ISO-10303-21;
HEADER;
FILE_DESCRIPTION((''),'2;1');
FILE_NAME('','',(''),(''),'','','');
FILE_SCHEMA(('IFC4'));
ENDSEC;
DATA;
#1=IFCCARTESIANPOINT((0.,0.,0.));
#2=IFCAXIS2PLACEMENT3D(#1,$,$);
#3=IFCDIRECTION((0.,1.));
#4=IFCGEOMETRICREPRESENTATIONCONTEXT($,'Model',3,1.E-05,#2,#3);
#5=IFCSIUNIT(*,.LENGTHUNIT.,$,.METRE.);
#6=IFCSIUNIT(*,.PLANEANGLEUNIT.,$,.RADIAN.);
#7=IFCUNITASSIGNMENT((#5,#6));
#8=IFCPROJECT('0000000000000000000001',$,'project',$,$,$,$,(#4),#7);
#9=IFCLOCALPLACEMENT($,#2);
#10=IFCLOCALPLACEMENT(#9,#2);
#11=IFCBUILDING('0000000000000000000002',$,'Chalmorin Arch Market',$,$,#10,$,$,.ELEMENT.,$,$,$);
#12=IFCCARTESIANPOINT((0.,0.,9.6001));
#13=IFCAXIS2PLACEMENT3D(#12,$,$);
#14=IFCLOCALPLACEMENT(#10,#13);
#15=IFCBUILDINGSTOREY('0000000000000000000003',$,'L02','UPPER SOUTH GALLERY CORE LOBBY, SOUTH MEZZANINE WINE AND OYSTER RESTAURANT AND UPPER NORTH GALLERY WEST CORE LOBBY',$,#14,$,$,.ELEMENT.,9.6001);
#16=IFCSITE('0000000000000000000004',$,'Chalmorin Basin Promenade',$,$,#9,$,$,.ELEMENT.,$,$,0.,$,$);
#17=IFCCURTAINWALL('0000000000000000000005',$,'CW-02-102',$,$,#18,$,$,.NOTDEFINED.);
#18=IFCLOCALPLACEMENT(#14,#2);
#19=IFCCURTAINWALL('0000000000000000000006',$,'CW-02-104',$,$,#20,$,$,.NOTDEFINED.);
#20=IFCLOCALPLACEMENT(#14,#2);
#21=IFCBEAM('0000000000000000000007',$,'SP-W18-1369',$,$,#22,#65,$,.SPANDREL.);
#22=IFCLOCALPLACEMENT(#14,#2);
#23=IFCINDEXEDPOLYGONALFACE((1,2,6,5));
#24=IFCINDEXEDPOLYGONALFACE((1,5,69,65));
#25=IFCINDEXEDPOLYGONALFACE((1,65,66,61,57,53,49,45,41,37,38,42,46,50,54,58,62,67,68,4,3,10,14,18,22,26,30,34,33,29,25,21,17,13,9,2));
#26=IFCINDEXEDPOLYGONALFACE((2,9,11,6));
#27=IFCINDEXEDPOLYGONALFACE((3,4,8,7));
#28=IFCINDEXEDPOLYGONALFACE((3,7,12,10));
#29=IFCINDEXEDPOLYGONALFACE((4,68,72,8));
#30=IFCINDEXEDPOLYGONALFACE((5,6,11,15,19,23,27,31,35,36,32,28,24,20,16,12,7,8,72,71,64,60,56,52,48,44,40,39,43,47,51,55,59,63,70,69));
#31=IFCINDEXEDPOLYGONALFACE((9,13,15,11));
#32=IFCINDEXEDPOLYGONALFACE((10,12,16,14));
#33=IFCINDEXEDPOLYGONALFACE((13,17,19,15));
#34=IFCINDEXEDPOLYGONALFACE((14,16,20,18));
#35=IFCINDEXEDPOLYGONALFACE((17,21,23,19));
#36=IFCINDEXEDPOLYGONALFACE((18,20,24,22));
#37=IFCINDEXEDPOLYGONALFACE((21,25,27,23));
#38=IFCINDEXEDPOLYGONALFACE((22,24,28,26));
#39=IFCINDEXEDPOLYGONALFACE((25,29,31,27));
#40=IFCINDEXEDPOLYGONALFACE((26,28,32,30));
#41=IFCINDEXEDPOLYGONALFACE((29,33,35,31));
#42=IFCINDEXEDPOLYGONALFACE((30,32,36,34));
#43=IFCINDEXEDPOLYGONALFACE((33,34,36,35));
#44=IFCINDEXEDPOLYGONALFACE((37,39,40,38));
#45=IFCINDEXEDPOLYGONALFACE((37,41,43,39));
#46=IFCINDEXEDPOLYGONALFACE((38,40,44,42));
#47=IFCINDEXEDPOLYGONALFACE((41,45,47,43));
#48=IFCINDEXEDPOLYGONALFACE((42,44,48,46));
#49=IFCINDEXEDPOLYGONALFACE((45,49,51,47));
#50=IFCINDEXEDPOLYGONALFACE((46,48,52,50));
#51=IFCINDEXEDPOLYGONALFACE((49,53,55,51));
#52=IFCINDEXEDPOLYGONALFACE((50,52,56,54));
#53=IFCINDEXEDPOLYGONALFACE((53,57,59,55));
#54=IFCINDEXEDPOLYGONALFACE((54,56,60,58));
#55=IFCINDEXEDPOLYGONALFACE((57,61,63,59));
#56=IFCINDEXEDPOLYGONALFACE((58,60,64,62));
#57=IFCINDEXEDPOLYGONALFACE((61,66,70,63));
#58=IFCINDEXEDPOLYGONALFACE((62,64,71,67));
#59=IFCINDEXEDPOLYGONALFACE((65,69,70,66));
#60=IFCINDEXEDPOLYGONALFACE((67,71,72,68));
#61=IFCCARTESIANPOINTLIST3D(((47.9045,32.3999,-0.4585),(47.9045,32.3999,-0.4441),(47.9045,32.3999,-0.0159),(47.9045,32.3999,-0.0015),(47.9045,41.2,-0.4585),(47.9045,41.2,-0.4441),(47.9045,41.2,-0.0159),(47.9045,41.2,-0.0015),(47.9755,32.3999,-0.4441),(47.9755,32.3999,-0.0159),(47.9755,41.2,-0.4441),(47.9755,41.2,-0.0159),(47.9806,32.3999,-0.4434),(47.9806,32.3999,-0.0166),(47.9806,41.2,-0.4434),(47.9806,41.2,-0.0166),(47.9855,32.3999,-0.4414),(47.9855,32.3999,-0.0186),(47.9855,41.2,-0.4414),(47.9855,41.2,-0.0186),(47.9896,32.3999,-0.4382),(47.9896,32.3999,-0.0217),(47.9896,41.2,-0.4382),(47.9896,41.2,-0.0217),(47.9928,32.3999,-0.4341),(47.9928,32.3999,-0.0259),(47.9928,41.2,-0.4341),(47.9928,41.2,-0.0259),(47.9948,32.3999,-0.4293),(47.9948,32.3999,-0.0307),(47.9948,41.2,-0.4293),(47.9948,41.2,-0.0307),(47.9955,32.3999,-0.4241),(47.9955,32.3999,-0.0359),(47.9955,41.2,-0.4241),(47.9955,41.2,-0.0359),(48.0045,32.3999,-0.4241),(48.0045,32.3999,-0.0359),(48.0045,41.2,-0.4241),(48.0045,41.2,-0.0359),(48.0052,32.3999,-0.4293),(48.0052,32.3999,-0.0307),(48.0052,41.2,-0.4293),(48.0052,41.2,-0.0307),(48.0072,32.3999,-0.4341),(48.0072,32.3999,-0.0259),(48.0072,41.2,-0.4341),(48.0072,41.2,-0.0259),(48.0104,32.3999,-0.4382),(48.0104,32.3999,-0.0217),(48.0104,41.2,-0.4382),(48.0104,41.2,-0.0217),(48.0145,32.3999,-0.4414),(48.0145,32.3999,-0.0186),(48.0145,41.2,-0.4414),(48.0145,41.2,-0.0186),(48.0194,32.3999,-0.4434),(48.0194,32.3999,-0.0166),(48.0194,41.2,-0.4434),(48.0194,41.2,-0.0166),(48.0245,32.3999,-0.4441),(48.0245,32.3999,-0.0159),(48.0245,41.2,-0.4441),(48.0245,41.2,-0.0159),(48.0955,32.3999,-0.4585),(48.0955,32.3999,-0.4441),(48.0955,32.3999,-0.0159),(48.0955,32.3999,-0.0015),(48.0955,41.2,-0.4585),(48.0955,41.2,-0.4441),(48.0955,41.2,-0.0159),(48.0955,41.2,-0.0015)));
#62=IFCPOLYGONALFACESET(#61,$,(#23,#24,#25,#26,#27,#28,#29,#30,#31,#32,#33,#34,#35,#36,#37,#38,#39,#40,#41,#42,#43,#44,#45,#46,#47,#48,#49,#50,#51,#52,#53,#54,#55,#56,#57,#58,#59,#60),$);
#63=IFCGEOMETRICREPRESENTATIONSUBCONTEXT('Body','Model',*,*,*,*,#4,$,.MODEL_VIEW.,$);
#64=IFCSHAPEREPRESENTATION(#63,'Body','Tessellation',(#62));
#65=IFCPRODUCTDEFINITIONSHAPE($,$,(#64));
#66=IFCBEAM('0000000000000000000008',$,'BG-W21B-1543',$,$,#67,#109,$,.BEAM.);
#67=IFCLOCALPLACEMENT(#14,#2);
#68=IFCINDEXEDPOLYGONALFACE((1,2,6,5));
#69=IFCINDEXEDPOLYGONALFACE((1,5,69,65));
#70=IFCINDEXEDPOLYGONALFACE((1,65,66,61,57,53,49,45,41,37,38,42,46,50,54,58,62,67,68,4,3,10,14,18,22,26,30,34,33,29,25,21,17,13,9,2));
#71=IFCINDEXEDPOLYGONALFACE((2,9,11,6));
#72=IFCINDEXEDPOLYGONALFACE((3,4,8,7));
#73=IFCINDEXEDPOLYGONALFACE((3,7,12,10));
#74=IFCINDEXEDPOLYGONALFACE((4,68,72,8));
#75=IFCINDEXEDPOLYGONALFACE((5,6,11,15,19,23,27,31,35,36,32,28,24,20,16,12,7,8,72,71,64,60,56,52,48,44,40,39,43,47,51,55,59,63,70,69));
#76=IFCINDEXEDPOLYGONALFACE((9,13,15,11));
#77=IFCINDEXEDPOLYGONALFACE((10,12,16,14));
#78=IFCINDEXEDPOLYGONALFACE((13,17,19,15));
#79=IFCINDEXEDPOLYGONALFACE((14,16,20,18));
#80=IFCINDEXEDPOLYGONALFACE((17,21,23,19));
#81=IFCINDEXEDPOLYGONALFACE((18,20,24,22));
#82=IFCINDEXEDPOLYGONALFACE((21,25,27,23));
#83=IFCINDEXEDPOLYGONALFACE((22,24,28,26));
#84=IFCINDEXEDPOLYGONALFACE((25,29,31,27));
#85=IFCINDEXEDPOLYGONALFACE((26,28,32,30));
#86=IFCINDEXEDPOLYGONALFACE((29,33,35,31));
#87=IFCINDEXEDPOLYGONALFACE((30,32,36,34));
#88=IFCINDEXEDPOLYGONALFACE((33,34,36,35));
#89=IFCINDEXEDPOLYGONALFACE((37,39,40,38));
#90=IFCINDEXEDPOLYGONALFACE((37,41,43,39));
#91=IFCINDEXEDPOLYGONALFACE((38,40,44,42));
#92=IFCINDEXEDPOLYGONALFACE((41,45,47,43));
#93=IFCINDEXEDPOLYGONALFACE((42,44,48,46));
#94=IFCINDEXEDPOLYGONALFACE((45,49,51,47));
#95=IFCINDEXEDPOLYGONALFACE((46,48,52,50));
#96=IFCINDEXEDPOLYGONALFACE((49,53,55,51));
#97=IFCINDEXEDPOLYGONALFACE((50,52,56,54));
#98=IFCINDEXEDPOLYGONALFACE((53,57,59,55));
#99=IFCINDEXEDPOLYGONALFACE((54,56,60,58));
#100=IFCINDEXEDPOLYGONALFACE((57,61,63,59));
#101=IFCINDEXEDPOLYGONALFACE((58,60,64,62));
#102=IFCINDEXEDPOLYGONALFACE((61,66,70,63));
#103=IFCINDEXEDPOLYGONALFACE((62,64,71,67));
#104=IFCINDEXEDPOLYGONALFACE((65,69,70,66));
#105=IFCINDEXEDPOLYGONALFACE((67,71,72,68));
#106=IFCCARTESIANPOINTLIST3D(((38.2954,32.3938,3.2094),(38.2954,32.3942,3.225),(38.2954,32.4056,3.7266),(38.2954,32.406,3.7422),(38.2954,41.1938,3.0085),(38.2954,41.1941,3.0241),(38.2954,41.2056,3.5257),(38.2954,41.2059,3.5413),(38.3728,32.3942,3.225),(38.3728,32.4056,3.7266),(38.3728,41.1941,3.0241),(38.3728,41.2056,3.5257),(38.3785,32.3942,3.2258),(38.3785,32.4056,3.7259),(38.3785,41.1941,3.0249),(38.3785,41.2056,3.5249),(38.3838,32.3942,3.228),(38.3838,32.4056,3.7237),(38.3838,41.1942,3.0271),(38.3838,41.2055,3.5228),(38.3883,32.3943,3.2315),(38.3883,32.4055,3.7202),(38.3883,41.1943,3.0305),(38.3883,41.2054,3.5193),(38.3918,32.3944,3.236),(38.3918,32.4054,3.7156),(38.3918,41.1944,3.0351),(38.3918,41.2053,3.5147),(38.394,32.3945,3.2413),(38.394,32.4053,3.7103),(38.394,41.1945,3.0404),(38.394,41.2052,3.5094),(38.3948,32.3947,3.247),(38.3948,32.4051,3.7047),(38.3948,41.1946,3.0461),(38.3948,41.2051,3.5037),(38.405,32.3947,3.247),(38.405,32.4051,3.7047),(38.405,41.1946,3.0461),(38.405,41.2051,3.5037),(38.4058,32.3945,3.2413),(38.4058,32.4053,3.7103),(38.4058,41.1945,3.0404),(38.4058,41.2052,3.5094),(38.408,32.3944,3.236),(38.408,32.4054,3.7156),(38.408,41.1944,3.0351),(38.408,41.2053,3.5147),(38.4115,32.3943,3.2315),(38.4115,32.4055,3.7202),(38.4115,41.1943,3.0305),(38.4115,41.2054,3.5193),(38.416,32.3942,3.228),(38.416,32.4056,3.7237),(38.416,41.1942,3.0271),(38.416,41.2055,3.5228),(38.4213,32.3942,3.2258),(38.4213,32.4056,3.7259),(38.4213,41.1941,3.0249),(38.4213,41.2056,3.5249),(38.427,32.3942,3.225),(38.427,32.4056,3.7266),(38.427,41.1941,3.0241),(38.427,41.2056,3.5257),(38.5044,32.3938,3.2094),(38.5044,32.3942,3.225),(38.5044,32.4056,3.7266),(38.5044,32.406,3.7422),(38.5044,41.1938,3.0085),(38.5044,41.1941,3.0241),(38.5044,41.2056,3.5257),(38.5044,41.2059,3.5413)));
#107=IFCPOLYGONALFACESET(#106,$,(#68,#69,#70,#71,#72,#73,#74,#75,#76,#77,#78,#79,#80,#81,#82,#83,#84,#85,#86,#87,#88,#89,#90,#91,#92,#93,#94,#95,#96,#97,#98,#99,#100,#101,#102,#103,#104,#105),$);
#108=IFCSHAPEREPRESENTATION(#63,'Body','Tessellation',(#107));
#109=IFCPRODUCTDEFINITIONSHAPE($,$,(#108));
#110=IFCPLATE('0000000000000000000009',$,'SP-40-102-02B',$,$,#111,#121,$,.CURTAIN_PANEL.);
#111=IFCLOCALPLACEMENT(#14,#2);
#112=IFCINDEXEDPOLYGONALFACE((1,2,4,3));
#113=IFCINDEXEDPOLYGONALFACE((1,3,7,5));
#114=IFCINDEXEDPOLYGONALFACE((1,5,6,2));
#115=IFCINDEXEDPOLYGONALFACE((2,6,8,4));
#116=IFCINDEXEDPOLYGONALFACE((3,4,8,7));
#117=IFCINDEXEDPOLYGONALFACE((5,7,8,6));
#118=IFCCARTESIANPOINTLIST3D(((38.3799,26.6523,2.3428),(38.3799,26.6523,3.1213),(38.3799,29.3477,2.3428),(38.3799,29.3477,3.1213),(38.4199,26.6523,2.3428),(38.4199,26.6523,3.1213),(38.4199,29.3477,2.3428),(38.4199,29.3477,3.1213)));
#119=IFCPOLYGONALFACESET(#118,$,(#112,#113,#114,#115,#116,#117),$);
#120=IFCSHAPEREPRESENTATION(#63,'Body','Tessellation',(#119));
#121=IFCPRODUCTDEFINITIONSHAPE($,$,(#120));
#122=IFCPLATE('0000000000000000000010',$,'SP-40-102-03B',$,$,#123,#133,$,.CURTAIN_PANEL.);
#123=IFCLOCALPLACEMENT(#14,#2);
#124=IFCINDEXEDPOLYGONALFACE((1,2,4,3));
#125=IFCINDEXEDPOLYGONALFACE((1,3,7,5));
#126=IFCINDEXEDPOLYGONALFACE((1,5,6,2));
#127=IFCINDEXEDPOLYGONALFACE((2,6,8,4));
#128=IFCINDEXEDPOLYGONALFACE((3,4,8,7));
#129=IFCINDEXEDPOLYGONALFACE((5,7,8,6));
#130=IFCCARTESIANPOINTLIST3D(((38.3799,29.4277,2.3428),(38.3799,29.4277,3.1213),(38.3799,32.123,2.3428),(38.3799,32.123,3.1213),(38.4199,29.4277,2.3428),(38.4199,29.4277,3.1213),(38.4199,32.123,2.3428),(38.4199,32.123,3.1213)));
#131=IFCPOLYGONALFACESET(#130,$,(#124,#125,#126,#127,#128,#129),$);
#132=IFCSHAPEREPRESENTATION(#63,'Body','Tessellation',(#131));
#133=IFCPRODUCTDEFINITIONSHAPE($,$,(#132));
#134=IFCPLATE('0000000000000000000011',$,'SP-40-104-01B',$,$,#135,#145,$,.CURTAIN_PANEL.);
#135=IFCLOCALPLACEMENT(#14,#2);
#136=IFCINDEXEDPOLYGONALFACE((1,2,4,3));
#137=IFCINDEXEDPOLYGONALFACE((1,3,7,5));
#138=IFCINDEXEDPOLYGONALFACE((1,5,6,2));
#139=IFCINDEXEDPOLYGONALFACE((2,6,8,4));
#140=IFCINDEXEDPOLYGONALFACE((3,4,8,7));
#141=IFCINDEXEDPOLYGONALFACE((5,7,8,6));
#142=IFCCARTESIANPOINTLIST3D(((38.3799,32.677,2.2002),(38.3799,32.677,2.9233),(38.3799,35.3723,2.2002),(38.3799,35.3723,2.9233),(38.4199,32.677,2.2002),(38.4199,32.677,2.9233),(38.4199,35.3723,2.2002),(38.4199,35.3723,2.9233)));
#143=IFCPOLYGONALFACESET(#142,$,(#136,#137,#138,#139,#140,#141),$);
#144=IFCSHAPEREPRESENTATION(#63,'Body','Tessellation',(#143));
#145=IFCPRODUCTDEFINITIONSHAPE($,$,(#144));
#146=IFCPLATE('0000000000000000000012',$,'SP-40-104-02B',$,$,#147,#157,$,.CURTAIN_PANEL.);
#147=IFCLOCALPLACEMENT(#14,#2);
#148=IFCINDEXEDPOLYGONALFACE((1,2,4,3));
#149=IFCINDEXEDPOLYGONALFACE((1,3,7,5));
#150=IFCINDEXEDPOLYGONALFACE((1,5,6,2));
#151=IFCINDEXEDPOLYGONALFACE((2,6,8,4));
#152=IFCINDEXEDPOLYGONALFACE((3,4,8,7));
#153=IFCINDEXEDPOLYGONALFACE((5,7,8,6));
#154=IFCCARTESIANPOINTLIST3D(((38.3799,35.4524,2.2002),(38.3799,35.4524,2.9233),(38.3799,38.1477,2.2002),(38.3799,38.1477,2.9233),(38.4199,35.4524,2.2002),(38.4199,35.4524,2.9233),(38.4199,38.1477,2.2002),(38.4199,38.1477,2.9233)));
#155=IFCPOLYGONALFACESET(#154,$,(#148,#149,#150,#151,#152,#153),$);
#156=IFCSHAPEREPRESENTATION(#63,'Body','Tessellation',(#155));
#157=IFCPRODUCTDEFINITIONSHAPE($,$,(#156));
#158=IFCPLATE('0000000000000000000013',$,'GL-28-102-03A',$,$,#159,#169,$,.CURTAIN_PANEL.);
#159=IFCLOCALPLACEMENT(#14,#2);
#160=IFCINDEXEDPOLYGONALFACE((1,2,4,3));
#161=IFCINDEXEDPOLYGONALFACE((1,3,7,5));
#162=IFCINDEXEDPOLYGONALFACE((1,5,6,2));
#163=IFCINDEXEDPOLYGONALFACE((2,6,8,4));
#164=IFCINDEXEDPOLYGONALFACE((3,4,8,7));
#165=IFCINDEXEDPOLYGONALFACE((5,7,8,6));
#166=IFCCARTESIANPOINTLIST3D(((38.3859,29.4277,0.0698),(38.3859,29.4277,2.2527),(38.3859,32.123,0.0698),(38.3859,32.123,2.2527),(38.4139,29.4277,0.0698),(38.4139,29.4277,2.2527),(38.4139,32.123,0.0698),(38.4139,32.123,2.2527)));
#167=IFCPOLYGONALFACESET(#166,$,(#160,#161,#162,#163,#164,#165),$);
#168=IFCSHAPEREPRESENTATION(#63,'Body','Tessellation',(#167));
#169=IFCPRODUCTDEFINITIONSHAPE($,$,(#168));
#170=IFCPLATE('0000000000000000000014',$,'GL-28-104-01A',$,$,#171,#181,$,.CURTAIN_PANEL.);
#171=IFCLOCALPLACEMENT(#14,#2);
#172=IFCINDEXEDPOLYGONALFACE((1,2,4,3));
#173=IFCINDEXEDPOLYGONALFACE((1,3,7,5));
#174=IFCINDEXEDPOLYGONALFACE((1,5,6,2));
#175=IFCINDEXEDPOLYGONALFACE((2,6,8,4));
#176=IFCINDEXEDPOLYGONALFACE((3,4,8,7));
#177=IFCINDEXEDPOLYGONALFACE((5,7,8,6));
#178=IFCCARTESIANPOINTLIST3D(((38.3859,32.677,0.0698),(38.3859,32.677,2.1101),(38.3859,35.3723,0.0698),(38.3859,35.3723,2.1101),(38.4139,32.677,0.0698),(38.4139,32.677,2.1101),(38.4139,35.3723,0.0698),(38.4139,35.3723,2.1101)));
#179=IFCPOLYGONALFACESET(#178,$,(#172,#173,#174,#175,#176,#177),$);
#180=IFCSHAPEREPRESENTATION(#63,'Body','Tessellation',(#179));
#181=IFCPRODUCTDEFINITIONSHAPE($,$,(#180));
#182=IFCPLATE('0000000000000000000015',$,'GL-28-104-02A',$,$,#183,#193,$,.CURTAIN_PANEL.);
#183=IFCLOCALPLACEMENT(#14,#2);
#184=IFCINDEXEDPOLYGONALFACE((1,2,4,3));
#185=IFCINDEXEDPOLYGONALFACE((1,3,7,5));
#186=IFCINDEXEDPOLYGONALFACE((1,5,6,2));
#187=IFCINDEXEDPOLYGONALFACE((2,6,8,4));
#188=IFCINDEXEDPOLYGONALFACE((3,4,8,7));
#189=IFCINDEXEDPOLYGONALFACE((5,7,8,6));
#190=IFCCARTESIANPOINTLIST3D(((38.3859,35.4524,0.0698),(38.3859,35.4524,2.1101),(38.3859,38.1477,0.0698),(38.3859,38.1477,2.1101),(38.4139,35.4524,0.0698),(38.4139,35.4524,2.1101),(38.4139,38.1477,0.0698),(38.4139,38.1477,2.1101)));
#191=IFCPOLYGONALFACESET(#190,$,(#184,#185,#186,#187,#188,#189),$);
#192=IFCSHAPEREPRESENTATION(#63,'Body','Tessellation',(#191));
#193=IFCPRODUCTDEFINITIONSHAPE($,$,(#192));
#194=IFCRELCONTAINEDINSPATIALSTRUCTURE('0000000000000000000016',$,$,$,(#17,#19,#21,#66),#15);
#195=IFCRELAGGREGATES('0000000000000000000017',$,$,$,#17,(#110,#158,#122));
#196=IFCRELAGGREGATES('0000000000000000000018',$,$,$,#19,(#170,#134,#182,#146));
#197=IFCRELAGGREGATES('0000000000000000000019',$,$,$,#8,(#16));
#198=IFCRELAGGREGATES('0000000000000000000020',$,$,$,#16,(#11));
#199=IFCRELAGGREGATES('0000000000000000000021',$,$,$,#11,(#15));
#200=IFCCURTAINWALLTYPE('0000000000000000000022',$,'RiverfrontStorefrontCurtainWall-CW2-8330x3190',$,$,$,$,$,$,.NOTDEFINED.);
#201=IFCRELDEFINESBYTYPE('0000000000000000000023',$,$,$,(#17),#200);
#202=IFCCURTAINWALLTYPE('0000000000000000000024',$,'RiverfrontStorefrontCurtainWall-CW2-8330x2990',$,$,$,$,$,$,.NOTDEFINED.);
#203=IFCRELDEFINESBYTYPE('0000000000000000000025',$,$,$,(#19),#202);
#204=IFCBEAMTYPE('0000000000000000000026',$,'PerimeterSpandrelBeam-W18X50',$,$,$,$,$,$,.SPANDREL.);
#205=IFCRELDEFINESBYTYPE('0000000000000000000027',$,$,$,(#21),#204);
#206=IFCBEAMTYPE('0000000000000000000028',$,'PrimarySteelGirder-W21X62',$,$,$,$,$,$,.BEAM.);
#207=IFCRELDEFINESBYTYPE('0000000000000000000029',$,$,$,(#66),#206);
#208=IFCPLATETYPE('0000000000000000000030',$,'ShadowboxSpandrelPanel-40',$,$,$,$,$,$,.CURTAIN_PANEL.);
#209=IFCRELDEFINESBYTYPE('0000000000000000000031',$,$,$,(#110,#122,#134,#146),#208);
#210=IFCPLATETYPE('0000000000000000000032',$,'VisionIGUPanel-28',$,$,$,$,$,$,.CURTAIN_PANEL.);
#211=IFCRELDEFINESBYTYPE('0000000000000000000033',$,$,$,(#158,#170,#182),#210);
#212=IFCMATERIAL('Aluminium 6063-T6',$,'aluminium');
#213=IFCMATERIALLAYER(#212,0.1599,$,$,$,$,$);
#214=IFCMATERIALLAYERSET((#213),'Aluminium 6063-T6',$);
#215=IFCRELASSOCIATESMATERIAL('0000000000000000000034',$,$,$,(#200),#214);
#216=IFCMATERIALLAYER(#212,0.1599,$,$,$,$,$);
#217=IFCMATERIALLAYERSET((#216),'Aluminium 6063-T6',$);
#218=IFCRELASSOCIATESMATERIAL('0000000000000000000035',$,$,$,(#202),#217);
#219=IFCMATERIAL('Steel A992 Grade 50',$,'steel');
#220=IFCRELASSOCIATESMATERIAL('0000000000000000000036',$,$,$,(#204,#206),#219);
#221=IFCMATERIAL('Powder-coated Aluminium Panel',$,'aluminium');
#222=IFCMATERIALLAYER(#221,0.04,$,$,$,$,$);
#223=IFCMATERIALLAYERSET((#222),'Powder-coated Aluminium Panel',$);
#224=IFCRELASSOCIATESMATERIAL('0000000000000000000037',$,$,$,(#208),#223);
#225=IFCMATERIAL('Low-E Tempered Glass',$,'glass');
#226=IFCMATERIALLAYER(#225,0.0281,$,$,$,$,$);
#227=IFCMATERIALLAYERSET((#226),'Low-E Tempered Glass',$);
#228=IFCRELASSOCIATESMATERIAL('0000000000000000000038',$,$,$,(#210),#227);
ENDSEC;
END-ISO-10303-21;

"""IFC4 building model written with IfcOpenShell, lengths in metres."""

from ifc_helpers import new_model, si_unit, direction, frame, origin, origin_2d, place, context, subcontext, project, spatial, rectangle, i_section, extrude, material, layer, layer_set, material_profile, profile_set, type_object, element, aggregate, save


model = new_model("IFC4")

# Units and contexts
model_context = context("Model", 3, precision=1e-05, world=origin(), true_north=direction((0.0, 1.0)))
body_context = subcontext(model_context, "Body", "Model", "MODEL_VIEW")
ifc_project = project(units=[si_unit("LENGTHUNIT", "METRE"), si_unit("PLANEANGLEUNIT", "RADIAN")], contexts=[model_context])

# Site, building, storey
site_placement = place(None, origin())
site = spatial("IfcSite", under=ifc_project, at=site_placement, Name="Chalmorin Basin Promenade", CompositionType="ELEMENT", RefElevation=0.0)
building_placement = place(site_placement, origin())
building = spatial("IfcBuilding", under=site, at=building_placement, Name="Chalmorin Arch Market", CompositionType="ELEMENT")
storey_placement = place(building_placement, frame((0.0, 0.0, 9.6001)))
storey = spatial("IfcBuildingStorey", under=building, at=storey_placement, Name="L02", Description="UPPER SOUTH GALLERY CORE LOBBY, SOUTH MEZZANINE WINE AND OYSTER RESTAURANT AND UPPER NORTH GALLERY WEST CORE LOBBY", CompositionType="ELEMENT", Elevation=9.6001)

# Curtain walls
ifc_material_1 = material(Name="Aluminium 6063-T6", Category="aluminium")
ifc_layer_1 = layer(ifc_material_1, 0.1599)
ifc_layer_set_1 = layer_set([ifc_layer_1], Name="Aluminium 6063-T6")
curtain_wall_type_1 = type_object("IfcCurtainWallType", Name="RiverfrontStorefrontCurtainWall-CW2-8330x3190", PredefinedType="NOTDEFINED", material=ifc_layer_set_1)
curtain_wall_1_placement = place(storey_placement, origin())
curtain_wall_1 = element("IfcCurtainWall", 1, at=curtain_wall_1_placement, inside=storey, type_object=curtain_wall_type_1, Name="CW-02-102", PredefinedType="NOTDEFINED")
ifc_layer_2 = layer(ifc_material_1, 0.1599)
ifc_layer_set_2 = layer_set([ifc_layer_2], Name="Aluminium 6063-T6")
curtain_wall_type_2 = type_object("IfcCurtainWallType", Name="RiverfrontStorefrontCurtainWall-CW2-8330x2990", PredefinedType="NOTDEFINED", material=ifc_layer_set_2)
curtain_wall_2_placement = place(storey_placement, origin())
curtain_wall_2 = element("IfcCurtainWall", 2, at=curtain_wall_2_placement, inside=storey, type_object=curtain_wall_type_2, Name="CW-02-104", PredefinedType="NOTDEFINED")

# Beams
ifc_material_2 = material(Name="Steel A992 Grade 50", Category="steel")
ifc_material_profile_1 = material_profile(ifc_material_2, i_section(OverallWidth=0.1909, OverallDepth=0.457, WebThickness=0.009, FlangeThickness=0.0144, FilletRadius=0.02, at=origin_2d()), Name="W18X50")
ifc_profile_set_1 = profile_set([ifc_material_profile_1], Name="Steel A992 Grade 50")
beam_type_1 = type_object("IfcBeamType", Name="PerimeterSpandrelBeam-W18X50", PredefinedType="SPANDREL", material=ifc_profile_set_1)
beam_1_placement = place(storey_placement, frame((48.0, 32.3999, -0.23), z_axis=(0.0, 1.0, 0.0), x_axis=(-1.0, 0.0, 0.0)))
element("IfcBeam", 3, at=beam_1_placement, inside=storey, type_object=beam_type_1, Name="SP-W18-1369", PredefinedType="SPANDREL", context=body_context, shape_type="SweptSolid", body=[
    extrude(i_section(OverallWidth=0.1909, OverallDepth=0.457, WebThickness=0.009, FlangeThickness=0.0144, FilletRadius=0.02, at=origin_2d()), origin(), (0.0, 0.0, 1.0), 8.8),
])
ifc_material_profile_2 = material_profile(ifc_material_2, i_section(OverallWidth=0.209, OverallDepth=0.533, WebThickness=0.0103, FlangeThickness=0.0156, FilletRadius=0.022, at=origin_2d()), Name="W21X62")
ifc_profile_set_2 = profile_set([ifc_material_profile_2], Name="Steel A992 Grade 50")
beam_type_2 = type_object("IfcBeamType", Name="PrimarySteelGirder-W21X62", PredefinedType="BEAM", material=ifc_profile_set_2)
beam_2_placement = place(storey_placement, frame((38.3999, 32.3999, 3.4758), z_axis=(0.0, 0.999739, -0.022827), x_axis=(-1.0, 0.0, 0.0)))
element("IfcBeam", 4, at=beam_2_placement, inside=storey, type_object=beam_type_2, Name="BG-W21B-1543", PredefinedType="BEAM", context=body_context, shape_type="SweptSolid", body=[
    extrude(i_section(OverallWidth=0.209, OverallDepth=0.533, WebThickness=0.0103, FlangeThickness=0.0156, FilletRadius=0.022, at=origin_2d()), origin(), (0.0, 0.0, 1.0), 8.8022),
])

# Plates
ifc_material_3 = material(Name="Powder-coated Aluminium Panel", Category="aluminium")
ifc_layer_3 = layer(ifc_material_3, 0.04)
ifc_layer_set_3 = layer_set([ifc_layer_3], Name="Powder-coated Aluminium Panel")
plate_type_1 = type_object("IfcPlateType", Name="ShadowboxSpandrelPanel-40", PredefinedType="CURTAIN_PANEL", material=ifc_layer_set_3)
plate_1_placement = place(storey_placement, frame((38.3999, 28.0, 2.3428), z_axis=(0.0, 0.0, 1.0), x_axis=(0.0, 1.0, 0.0)))
plate_1 = element("IfcPlate", 5, at=plate_1_placement, type_object=plate_type_1, Name="SP-40-102-02B", PredefinedType="CURTAIN_PANEL", context=body_context, shape_type="SweptSolid", body=[
    extrude(rectangle(XDim=2.6953, YDim=0.04, at=origin_2d()), origin(), (0.0, 0.0, 1.0), 0.7786),
])
plate_2_placement = place(storey_placement, frame((38.3999, 30.7754, 2.3428), z_axis=(0.0, 0.0, 1.0), x_axis=(0.0, 1.0, 0.0)))
plate_2 = element("IfcPlate", 6, at=plate_2_placement, type_object=plate_type_1, Name="SP-40-102-03B", PredefinedType="CURTAIN_PANEL", context=body_context, shape_type="SweptSolid", body=[
    extrude(rectangle(XDim=2.6953, YDim=0.04, at=origin_2d()), origin(), (0.0, 0.0, 1.0), 0.7786),
])
plate_3_placement = place(storey_placement, frame((38.3999, 34.0247, 2.2002), z_axis=(0.0, 0.0, 1.0), x_axis=(0.0, 1.0, 0.0)))
plate_3 = element("IfcPlate", 7, at=plate_3_placement, type_object=plate_type_1, Name="SP-40-104-01B", PredefinedType="CURTAIN_PANEL", context=body_context, shape_type="SweptSolid", body=[
    extrude(rectangle(XDim=2.6953, YDim=0.04, at=origin_2d()), origin(), (0.0, 0.0, 1.0), 0.7231),
])
plate_4_placement = place(storey_placement, frame((38.3999, 36.8, 2.2002), z_axis=(0.0, 0.0, 1.0), x_axis=(0.0, 1.0, 0.0)))
plate_4 = element("IfcPlate", 8, at=plate_4_placement, type_object=plate_type_1, Name="SP-40-104-02B", PredefinedType="CURTAIN_PANEL", context=body_context, shape_type="SweptSolid", body=[
    extrude(rectangle(XDim=2.6953, YDim=0.04, at=origin_2d()), origin(), (0.0, 0.0, 1.0), 0.7231),
])
ifc_material_4 = material(Name="Low-E Tempered Glass", Category="glass")
ifc_layer_4 = layer(ifc_material_4, 0.0281)
ifc_layer_set_4 = layer_set([ifc_layer_4], Name="Low-E Tempered Glass")
plate_type_2 = type_object("IfcPlateType", Name="VisionIGUPanel-28", PredefinedType="CURTAIN_PANEL", material=ifc_layer_set_4)
plate_5_placement = place(storey_placement, frame((38.3999, 30.7754, 0.0698), z_axis=(0.0, 0.0, 1.0), x_axis=(0.0, 1.0, 0.0)))
plate_5 = element("IfcPlate", 9, at=plate_5_placement, type_object=plate_type_2, Name="GL-28-102-03A", PredefinedType="CURTAIN_PANEL", context=body_context, shape_type="SweptSolid", body=[
    extrude(rectangle(XDim=2.6953, YDim=0.0281, at=origin_2d()), origin(), (0.0, 0.0, 1.0), 2.1829),
])
aggregate(curtain_wall_1, [plate_1, plate_5, plate_2])
plate_6_placement = place(storey_placement, frame((38.3999, 34.0247, 0.0698), z_axis=(0.0, 0.0, 1.0), x_axis=(0.0, 1.0, 0.0)))
plate_6 = element("IfcPlate", 10, at=plate_6_placement, type_object=plate_type_2, Name="GL-28-104-01A", PredefinedType="CURTAIN_PANEL", context=body_context, shape_type="SweptSolid", body=[
    extrude(rectangle(XDim=2.6953, YDim=0.0281, at=origin_2d()), origin(), (0.0, 0.0, 1.0), 2.0403),
])
plate_7_placement = place(storey_placement, frame((38.3999, 36.8, 0.0698), z_axis=(0.0, 0.0, 1.0), x_axis=(0.0, 1.0, 0.0)))
plate_7 = element("IfcPlate", 11, at=plate_7_placement, type_object=plate_type_2, Name="GL-28-104-02A", PredefinedType="CURTAIN_PANEL", context=body_context, shape_type="SweptSolid", body=[
    extrude(rectangle(XDim=2.6953, YDim=0.0281, at=origin_2d()), origin(), (0.0, 0.0, 1.0), 2.0403),
])
aggregate(curtain_wall_2, [plate_6, plate_3, plate_7, plate_4])

save(model, "model.ifc")
